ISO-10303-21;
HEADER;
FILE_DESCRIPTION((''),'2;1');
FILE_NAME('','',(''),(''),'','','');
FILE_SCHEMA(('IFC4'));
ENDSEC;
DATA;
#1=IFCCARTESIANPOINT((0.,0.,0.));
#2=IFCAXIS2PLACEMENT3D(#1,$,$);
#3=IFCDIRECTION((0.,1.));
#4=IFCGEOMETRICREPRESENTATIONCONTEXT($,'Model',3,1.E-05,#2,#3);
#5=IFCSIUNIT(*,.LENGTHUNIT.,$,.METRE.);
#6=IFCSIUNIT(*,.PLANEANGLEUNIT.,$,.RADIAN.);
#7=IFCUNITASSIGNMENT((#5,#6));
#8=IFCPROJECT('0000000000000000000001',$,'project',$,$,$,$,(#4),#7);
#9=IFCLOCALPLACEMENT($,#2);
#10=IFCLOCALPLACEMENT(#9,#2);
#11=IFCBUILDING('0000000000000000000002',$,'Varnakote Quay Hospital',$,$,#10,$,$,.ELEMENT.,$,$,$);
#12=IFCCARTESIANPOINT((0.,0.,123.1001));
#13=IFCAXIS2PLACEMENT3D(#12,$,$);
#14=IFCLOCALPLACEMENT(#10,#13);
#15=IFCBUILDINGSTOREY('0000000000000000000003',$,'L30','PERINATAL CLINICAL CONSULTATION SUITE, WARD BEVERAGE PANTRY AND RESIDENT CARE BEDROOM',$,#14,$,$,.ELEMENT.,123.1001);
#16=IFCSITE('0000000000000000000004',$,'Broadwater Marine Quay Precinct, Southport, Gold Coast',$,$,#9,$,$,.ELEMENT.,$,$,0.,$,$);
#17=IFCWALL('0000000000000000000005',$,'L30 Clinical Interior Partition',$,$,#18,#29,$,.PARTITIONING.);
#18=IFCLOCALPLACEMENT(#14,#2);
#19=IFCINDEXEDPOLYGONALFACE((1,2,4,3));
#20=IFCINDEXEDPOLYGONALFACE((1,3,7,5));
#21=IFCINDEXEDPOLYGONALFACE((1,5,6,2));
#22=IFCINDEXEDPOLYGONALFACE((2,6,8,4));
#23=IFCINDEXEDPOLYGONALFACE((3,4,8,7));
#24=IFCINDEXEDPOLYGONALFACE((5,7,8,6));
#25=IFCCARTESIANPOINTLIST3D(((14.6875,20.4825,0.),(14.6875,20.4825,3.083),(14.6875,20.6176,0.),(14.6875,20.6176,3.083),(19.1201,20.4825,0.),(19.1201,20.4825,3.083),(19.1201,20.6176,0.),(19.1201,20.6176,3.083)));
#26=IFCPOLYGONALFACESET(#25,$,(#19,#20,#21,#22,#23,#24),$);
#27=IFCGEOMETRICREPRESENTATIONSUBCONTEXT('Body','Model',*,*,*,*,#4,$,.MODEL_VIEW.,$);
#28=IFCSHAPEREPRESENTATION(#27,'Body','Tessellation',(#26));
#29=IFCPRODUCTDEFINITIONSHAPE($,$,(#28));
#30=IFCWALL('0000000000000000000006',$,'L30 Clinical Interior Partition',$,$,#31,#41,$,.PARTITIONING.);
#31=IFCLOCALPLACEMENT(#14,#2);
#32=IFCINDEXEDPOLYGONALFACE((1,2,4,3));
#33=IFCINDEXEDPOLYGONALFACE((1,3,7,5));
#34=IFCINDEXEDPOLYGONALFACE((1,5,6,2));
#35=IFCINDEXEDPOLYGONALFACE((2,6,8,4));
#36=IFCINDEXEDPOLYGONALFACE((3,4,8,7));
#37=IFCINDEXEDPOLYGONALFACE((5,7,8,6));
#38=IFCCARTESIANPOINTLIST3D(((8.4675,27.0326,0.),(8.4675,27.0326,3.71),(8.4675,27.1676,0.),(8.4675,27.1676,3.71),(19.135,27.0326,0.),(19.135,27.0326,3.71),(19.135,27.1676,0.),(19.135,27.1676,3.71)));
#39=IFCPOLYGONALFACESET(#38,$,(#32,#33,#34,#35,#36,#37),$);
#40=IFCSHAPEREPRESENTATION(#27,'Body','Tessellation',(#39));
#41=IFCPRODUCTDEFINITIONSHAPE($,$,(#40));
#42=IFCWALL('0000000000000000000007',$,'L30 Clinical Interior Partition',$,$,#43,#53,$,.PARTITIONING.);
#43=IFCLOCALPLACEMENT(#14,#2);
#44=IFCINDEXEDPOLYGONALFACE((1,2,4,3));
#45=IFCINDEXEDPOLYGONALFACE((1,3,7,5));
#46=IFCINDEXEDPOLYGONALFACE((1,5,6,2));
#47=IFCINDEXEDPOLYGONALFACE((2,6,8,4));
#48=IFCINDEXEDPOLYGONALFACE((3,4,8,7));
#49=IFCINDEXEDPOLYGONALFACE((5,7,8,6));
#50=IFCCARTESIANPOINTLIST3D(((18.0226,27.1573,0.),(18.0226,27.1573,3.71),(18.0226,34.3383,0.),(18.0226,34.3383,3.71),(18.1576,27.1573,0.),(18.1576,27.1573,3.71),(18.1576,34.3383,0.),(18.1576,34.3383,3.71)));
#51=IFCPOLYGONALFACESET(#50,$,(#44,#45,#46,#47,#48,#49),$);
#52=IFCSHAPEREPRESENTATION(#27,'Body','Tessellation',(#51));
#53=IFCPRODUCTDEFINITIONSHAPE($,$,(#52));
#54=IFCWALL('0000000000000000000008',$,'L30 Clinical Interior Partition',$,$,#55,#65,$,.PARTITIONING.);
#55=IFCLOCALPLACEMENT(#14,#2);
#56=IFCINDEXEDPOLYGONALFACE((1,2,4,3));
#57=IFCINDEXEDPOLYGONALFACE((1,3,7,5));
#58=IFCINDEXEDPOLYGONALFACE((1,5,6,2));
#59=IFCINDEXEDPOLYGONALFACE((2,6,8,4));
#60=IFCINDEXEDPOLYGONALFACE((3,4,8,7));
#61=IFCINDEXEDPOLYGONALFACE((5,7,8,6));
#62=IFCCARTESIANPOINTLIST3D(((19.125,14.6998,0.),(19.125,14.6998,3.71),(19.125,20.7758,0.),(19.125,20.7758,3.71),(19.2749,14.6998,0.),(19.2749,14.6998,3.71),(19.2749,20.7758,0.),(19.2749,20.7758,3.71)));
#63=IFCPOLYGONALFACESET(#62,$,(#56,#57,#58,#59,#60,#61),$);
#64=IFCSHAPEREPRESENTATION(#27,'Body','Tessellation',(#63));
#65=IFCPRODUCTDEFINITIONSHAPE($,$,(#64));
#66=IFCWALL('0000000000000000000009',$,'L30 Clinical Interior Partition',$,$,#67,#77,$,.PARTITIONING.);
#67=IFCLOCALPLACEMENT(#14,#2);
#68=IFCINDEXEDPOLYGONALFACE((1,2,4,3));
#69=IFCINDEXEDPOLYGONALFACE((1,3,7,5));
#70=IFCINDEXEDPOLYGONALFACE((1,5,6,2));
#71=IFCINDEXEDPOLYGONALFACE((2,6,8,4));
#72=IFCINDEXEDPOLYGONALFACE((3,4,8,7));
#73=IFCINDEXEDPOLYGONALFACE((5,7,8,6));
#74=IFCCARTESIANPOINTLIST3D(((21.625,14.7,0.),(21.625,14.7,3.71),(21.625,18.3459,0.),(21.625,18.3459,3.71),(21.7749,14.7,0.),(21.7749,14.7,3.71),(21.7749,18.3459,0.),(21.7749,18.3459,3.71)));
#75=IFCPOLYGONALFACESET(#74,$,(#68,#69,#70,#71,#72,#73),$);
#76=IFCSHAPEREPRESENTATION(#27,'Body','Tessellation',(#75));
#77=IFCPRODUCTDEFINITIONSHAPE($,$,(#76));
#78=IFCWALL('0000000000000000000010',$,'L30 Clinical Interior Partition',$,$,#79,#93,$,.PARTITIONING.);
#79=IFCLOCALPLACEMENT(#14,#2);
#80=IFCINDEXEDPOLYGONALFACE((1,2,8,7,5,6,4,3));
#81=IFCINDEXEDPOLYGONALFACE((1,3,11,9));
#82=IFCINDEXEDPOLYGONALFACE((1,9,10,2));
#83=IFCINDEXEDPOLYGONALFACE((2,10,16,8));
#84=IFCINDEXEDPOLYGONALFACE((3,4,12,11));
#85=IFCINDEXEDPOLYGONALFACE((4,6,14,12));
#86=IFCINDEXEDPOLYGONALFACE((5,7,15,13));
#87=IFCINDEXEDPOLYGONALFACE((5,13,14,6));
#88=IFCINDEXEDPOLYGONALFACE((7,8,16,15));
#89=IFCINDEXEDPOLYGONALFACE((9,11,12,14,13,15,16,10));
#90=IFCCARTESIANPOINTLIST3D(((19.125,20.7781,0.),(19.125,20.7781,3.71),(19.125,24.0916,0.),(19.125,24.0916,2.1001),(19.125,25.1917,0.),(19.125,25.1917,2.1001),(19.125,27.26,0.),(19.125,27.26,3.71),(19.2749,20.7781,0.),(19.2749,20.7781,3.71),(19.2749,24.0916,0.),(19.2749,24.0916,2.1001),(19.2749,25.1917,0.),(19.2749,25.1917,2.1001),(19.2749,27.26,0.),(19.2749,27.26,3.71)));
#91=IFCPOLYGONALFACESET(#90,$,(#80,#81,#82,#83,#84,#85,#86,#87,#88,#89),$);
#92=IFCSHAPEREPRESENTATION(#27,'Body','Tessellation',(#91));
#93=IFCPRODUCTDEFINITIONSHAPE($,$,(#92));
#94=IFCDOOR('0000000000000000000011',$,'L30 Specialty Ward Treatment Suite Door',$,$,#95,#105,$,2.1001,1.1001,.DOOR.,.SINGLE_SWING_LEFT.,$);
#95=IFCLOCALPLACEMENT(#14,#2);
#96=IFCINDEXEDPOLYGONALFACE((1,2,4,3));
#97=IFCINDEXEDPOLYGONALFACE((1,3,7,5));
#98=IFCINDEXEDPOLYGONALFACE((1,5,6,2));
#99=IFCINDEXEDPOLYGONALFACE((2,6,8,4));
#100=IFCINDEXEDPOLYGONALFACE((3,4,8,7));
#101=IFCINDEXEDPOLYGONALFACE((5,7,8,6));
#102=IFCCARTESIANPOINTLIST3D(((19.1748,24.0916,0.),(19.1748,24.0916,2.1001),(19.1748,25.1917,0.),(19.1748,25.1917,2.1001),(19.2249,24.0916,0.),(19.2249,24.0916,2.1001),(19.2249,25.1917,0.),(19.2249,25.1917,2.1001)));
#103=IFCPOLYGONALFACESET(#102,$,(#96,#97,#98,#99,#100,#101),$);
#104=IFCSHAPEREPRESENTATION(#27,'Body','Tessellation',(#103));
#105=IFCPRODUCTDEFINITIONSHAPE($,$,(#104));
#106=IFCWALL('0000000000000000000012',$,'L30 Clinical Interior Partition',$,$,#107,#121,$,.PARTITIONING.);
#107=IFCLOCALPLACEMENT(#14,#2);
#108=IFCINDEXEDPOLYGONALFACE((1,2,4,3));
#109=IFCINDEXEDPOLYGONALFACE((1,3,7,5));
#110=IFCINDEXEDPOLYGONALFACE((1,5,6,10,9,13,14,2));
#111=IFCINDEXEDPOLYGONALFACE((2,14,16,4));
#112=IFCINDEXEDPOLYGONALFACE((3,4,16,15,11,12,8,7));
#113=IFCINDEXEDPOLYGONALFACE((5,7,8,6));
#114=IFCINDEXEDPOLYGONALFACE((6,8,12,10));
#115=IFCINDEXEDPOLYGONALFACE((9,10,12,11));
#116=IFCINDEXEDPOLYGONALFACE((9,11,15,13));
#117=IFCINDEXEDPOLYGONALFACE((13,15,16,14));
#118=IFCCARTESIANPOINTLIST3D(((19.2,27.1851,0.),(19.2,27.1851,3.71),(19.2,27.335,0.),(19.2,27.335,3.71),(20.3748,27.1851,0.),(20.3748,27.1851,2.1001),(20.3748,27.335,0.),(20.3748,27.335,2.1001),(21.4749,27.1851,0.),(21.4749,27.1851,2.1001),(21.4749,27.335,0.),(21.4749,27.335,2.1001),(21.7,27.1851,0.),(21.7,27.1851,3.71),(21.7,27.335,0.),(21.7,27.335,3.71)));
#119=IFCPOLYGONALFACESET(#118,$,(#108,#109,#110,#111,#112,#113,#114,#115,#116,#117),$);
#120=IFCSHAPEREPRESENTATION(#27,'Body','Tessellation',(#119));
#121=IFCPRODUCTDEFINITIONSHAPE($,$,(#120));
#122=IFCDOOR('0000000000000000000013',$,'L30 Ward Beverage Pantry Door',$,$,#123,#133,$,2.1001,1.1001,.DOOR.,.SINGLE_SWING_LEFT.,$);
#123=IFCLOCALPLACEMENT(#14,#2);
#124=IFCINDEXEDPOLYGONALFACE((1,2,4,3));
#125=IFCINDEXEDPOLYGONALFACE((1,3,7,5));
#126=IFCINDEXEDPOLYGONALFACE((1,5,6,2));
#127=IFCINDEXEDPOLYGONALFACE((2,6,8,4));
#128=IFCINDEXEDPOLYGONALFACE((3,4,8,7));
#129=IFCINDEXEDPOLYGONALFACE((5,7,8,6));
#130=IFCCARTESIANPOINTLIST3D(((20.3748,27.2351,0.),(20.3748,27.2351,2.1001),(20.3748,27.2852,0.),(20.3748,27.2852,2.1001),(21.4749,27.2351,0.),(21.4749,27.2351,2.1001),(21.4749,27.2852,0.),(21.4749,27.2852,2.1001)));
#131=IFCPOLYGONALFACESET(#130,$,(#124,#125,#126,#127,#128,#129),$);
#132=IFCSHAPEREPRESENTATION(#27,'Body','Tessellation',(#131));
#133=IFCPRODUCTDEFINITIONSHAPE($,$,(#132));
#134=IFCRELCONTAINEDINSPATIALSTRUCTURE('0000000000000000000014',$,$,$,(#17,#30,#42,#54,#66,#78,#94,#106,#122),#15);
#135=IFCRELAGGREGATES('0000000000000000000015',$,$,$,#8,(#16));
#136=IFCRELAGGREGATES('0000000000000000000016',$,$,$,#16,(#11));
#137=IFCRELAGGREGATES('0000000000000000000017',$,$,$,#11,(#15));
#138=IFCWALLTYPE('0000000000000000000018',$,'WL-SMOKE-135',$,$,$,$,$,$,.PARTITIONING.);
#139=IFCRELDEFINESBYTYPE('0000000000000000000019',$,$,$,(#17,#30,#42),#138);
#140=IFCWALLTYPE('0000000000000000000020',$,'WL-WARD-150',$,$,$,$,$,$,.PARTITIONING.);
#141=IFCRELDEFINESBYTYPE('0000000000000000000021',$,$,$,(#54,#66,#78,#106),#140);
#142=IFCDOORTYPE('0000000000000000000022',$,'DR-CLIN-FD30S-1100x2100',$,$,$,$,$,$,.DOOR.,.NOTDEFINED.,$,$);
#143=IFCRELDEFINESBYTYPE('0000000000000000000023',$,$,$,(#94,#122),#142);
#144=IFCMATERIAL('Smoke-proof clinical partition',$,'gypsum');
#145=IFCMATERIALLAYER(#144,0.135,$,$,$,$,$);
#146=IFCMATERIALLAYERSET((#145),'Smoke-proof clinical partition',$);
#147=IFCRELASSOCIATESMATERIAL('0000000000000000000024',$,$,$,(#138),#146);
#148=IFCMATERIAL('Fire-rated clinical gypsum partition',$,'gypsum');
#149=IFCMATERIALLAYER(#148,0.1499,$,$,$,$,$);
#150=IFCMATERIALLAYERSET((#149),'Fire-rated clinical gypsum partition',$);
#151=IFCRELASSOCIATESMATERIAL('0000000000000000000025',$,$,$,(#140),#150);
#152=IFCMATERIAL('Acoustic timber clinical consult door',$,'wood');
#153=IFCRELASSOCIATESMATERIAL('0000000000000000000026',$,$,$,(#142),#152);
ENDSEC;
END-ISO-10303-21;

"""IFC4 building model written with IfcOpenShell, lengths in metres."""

from ifc_helpers import new_model, si_unit, direction, frame, frame_2d, origin, place, context, subcontext, project, spatial, rectangle, extrude, material, layer, layer_set, type_object, element, fill, save


model = new_model("IFC4")

# Units and contexts
model_context = context("Model", 3, precision=1e-05, world=origin(), true_north=direction((0.0, 1.0)))
body_context = subcontext(model_context, "Body", "Model", "MODEL_VIEW")
ifc_project = project(units=[si_unit("LENGTHUNIT", "METRE"), si_unit("PLANEANGLEUNIT", "RADIAN")], contexts=[model_context])

# Site, building, storey
site_placement = place(None, origin())
site = spatial("IfcSite", under=ifc_project, at=site_placement, Name="Broadwater Marine Quay Precinct, Southport, Gold Coast", CompositionType="ELEMENT", RefElevation=0.0)
building_placement = place(site_placement, origin())
building = spatial("IfcBuilding", under=site, at=building_placement, Name="Varnakote Quay Hospital", CompositionType="ELEMENT")
storey_placement = place(building_placement, frame((0.0, 0.0, 123.1001)))
storey = spatial("IfcBuildingStorey", under=building, at=storey_placement, Name="L30", Description="PERINATAL CLINICAL CONSULTATION SUITE, WARD BEVERAGE PANTRY AND RESIDENT CARE BEDROOM", CompositionType="ELEMENT", Elevation=123.1001)

# Walls
ifc_material_1 = material(Name="Smoke-proof clinical partition", Category="gypsum")
ifc_layer_1 = layer(ifc_material_1, 0.135)
ifc_layer_set_1 = layer_set([ifc_layer_1], Name="Smoke-proof clinical partition")
wall_type_1 = type_object("IfcWallType", Name="WL-SMOKE-135", PredefinedType="PARTITIONING", material=ifc_layer_set_1)
wall_1_placement = place(storey_placement, frame((19.1201, 20.55, 0.0), z_axis=(0.0, 0.0, 1.0), x_axis=(-1.0, 0.0, 0.0)))
element("IfcWall", 1, at=wall_1_placement, inside=storey, type_object=wall_type_1, Name="L30 Clinical Interior Partition", PredefinedType="PARTITIONING", context=body_context, shape_type="SweptSolid", body=[
    extrude(rectangle(XDim=4.4326, YDim=0.135, at=frame_2d((2.2163, 0.0))), origin(), (0.0, 0.0, 1.0), 3.083),
])
wall_2_placement = place(storey_placement, frame((19.135, 27.1001, 0.0), z_axis=(0.0, 0.0, 1.0), x_axis=(-1.0, 0.0, 0.0)))
element("IfcWall", 2, at=wall_2_placement, inside=storey, type_object=wall_type_1, Name="L30 Clinical Interior Partition", PredefinedType="PARTITIONING", context=body_context, shape_type="SweptSolid", body=[
    extrude(rectangle(XDim=10.6675, YDim=0.135, at=frame_2d((5.3337, 0.0))), origin(), (0.0, 0.0, 1.0), 3.71),
])
wall_3_placement = place(storey_placement, frame((18.0901, 27.1575, 0.0), z_axis=(0.0, 0.0, 1.0), x_axis=(0.0, 1.0, 0.0)))
element("IfcWall", 3, at=wall_3_placement, inside=storey, type_object=wall_type_1, Name="L30 Clinical Interior Partition", PredefinedType="PARTITIONING", context=body_context, shape_type="SweptSolid", body=[
    extrude(rectangle(XDim=7.1809, YDim=0.135, at=frame_2d((3.5903, 0.0))), origin(), (0.0, 0.0, 1.0), 3.71),
])

# Shared definitions
ifc_material_2 = material(Name="Fire-rated clinical gypsum partition", Category="gypsum")
ifc_layer_2 = layer(ifc_material_2, 0.1499)
ifc_layer_set_2 = layer_set([ifc_layer_2], Name="Fire-rated clinical gypsum partition")
wall_type_2 = type_object("IfcWallType", Name="WL-WARD-150", PredefinedType="PARTITIONING", material=ifc_layer_set_2)

# Walls
wall_4_placement = place(storey_placement, frame((19.2, 20.7759, 0.0), z_axis=(0.0, 0.0, 1.0), x_axis=(0.0, -1.0, 0.0)))
element("IfcWall", 4, at=wall_4_placement, inside=storey, type_object=wall_type_2, Name="L30 Clinical Interior Partition", PredefinedType="PARTITIONING", context=body_context, shape_type="SweptSolid", body=[
    extrude(rectangle(XDim=6.0759, YDim=0.1499, at=frame_2d((3.0381, 0.0))), origin(), (0.0, 0.0, 1.0), 3.71),
])
wall_5_placement = place(storey_placement, frame((21.7, 14.7, 0.0), z_axis=(0.0, 0.0, 1.0), x_axis=(0.0, 1.0, 0.0)))
element("IfcWall", 5, at=wall_5_placement, inside=storey, type_object=wall_type_2, Name="L30 Clinical Interior Partition", PredefinedType="PARTITIONING", context=body_context, shape_type="SweptSolid", body=[
    extrude(rectangle(XDim=3.646, YDim=0.1499, at=frame_2d((1.823, 0.0))), origin(), (0.0, 0.0, 1.0), 3.71),
])

# Walls, openings, doors
wall_6_placement = place(storey_placement, frame((19.2, 27.26, 0.0), z_axis=(0.0, 0.0, 1.0), x_axis=(0.0, -1.0, 0.0)))
wall_6 = element("IfcWall", 6, at=wall_6_placement, inside=storey, type_object=wall_type_2, Name="L30 Clinical Interior Partition", PredefinedType="PARTITIONING", context=body_context, shape_type="SweptSolid", body=[
    extrude(rectangle(XDim=6.4819, YDim=0.1499, at=frame_2d((3.241, 0.0))), origin(), (0.0, 0.0, 1.0), 3.71),
])
opening_1_placement = place(wall_6_placement, frame((2.0684, 0.0, 0.0)))
opening_1 = element("IfcOpeningElement", 7, at=opening_1_placement, cuts=wall_6, PredefinedType="OPENING", context=body_context, shape_type="SweptSolid", body=[
    extrude(rectangle(XDim=1.1001, YDim=2.1001, at=frame_2d((0.55, 1.05))), frame((0.0, 0.085, 0.0), z_axis=(0.0, -1.0, 0.0), x_axis=(1.0, 0.0, 0.0)), (0.0, 0.0, 1.0), 0.1699),
])
ifc_material_3 = material(Name="Acoustic timber clinical consult door", Category="wood")
door_type_1 = type_object("IfcDoorType", Name="DR-CLIN-FD30S-1100x2100", OperationType="NOTDEFINED", PredefinedType="DOOR", material=ifc_material_3)
door_1_placement = place(opening_1_placement, origin())
door_1 = element("IfcDoor", 8, at=door_1_placement, inside=storey, type_object=door_type_1, Name="L30 Specialty Ward Treatment Suite Door", OperationType="SINGLE_SWING_LEFT", OverallHeight=2.1001, OverallWidth=1.1001, PredefinedType="DOOR", context=body_context, shape_type="SweptSolid", body=[
    extrude(rectangle(XDim=1.1001, YDim=2.1001, at=frame_2d((0.55, 1.05))), frame((0.0, 0.0249, 0.0), z_axis=(0.0, -1.0, 0.0), x_axis=(1.0, 0.0, 0.0)), (0.0, 0.0, 1.0), 0.05),
])
fill(opening_1, door_1)
wall_7_placement = place(storey_placement, frame((21.7, 27.26, 0.0), z_axis=(0.0, 0.0, 1.0), x_axis=(-1.0, 0.0, 0.0)))
wall_7 = element("IfcWall", 9, at=wall_7_placement, inside=storey, type_object=wall_type_2, Name="L30 Clinical Interior Partition", PredefinedType="PARTITIONING", context=body_context, shape_type="SweptSolid", body=[
    extrude(rectangle(XDim=2.5, YDim=0.1499, at=frame_2d((1.25, 0.0))), origin(), (0.0, 0.0, 1.0), 3.71),
])
opening_2_placement = place(wall_7_placement, frame((0.2251, 0.0, 0.0)))
opening_2 = element("IfcOpeningElement", 10, at=opening_2_placement, cuts=wall_7, PredefinedType="OPENING", context=body_context, shape_type="SweptSolid", body=[
    extrude(rectangle(XDim=1.1001, YDim=2.1001, at=frame_2d((0.55, 1.05))), frame((0.0, 0.085, 0.0), z_axis=(0.0, -1.0, 0.0), x_axis=(1.0, 0.0, 0.0)), (0.0, 0.0, 1.0), 0.1699),
])
door_2_placement = place(opening_2_placement, origin())
door_2 = element("IfcDoor", 11, at=door_2_placement, inside=storey, type_object=door_type_1, Name="L30 Ward Beverage Pantry Door", OperationType="SINGLE_SWING_LEFT", OverallHeight=2.1001, OverallWidth=1.1001, PredefinedType="DOOR", context=body_context, shape_type="SweptSolid", body=[
    extrude(rectangle(XDim=1.1001, YDim=2.1001, at=frame_2d((0.55, 1.05))), frame((0.0, 0.0249, 0.0), z_axis=(0.0, -1.0, 0.0), x_axis=(1.0, 0.0, 0.0)), (0.0, 0.0, 1.0), 0.05),
])
fill(opening_2, door_2)

save(model, "model.ifc")
